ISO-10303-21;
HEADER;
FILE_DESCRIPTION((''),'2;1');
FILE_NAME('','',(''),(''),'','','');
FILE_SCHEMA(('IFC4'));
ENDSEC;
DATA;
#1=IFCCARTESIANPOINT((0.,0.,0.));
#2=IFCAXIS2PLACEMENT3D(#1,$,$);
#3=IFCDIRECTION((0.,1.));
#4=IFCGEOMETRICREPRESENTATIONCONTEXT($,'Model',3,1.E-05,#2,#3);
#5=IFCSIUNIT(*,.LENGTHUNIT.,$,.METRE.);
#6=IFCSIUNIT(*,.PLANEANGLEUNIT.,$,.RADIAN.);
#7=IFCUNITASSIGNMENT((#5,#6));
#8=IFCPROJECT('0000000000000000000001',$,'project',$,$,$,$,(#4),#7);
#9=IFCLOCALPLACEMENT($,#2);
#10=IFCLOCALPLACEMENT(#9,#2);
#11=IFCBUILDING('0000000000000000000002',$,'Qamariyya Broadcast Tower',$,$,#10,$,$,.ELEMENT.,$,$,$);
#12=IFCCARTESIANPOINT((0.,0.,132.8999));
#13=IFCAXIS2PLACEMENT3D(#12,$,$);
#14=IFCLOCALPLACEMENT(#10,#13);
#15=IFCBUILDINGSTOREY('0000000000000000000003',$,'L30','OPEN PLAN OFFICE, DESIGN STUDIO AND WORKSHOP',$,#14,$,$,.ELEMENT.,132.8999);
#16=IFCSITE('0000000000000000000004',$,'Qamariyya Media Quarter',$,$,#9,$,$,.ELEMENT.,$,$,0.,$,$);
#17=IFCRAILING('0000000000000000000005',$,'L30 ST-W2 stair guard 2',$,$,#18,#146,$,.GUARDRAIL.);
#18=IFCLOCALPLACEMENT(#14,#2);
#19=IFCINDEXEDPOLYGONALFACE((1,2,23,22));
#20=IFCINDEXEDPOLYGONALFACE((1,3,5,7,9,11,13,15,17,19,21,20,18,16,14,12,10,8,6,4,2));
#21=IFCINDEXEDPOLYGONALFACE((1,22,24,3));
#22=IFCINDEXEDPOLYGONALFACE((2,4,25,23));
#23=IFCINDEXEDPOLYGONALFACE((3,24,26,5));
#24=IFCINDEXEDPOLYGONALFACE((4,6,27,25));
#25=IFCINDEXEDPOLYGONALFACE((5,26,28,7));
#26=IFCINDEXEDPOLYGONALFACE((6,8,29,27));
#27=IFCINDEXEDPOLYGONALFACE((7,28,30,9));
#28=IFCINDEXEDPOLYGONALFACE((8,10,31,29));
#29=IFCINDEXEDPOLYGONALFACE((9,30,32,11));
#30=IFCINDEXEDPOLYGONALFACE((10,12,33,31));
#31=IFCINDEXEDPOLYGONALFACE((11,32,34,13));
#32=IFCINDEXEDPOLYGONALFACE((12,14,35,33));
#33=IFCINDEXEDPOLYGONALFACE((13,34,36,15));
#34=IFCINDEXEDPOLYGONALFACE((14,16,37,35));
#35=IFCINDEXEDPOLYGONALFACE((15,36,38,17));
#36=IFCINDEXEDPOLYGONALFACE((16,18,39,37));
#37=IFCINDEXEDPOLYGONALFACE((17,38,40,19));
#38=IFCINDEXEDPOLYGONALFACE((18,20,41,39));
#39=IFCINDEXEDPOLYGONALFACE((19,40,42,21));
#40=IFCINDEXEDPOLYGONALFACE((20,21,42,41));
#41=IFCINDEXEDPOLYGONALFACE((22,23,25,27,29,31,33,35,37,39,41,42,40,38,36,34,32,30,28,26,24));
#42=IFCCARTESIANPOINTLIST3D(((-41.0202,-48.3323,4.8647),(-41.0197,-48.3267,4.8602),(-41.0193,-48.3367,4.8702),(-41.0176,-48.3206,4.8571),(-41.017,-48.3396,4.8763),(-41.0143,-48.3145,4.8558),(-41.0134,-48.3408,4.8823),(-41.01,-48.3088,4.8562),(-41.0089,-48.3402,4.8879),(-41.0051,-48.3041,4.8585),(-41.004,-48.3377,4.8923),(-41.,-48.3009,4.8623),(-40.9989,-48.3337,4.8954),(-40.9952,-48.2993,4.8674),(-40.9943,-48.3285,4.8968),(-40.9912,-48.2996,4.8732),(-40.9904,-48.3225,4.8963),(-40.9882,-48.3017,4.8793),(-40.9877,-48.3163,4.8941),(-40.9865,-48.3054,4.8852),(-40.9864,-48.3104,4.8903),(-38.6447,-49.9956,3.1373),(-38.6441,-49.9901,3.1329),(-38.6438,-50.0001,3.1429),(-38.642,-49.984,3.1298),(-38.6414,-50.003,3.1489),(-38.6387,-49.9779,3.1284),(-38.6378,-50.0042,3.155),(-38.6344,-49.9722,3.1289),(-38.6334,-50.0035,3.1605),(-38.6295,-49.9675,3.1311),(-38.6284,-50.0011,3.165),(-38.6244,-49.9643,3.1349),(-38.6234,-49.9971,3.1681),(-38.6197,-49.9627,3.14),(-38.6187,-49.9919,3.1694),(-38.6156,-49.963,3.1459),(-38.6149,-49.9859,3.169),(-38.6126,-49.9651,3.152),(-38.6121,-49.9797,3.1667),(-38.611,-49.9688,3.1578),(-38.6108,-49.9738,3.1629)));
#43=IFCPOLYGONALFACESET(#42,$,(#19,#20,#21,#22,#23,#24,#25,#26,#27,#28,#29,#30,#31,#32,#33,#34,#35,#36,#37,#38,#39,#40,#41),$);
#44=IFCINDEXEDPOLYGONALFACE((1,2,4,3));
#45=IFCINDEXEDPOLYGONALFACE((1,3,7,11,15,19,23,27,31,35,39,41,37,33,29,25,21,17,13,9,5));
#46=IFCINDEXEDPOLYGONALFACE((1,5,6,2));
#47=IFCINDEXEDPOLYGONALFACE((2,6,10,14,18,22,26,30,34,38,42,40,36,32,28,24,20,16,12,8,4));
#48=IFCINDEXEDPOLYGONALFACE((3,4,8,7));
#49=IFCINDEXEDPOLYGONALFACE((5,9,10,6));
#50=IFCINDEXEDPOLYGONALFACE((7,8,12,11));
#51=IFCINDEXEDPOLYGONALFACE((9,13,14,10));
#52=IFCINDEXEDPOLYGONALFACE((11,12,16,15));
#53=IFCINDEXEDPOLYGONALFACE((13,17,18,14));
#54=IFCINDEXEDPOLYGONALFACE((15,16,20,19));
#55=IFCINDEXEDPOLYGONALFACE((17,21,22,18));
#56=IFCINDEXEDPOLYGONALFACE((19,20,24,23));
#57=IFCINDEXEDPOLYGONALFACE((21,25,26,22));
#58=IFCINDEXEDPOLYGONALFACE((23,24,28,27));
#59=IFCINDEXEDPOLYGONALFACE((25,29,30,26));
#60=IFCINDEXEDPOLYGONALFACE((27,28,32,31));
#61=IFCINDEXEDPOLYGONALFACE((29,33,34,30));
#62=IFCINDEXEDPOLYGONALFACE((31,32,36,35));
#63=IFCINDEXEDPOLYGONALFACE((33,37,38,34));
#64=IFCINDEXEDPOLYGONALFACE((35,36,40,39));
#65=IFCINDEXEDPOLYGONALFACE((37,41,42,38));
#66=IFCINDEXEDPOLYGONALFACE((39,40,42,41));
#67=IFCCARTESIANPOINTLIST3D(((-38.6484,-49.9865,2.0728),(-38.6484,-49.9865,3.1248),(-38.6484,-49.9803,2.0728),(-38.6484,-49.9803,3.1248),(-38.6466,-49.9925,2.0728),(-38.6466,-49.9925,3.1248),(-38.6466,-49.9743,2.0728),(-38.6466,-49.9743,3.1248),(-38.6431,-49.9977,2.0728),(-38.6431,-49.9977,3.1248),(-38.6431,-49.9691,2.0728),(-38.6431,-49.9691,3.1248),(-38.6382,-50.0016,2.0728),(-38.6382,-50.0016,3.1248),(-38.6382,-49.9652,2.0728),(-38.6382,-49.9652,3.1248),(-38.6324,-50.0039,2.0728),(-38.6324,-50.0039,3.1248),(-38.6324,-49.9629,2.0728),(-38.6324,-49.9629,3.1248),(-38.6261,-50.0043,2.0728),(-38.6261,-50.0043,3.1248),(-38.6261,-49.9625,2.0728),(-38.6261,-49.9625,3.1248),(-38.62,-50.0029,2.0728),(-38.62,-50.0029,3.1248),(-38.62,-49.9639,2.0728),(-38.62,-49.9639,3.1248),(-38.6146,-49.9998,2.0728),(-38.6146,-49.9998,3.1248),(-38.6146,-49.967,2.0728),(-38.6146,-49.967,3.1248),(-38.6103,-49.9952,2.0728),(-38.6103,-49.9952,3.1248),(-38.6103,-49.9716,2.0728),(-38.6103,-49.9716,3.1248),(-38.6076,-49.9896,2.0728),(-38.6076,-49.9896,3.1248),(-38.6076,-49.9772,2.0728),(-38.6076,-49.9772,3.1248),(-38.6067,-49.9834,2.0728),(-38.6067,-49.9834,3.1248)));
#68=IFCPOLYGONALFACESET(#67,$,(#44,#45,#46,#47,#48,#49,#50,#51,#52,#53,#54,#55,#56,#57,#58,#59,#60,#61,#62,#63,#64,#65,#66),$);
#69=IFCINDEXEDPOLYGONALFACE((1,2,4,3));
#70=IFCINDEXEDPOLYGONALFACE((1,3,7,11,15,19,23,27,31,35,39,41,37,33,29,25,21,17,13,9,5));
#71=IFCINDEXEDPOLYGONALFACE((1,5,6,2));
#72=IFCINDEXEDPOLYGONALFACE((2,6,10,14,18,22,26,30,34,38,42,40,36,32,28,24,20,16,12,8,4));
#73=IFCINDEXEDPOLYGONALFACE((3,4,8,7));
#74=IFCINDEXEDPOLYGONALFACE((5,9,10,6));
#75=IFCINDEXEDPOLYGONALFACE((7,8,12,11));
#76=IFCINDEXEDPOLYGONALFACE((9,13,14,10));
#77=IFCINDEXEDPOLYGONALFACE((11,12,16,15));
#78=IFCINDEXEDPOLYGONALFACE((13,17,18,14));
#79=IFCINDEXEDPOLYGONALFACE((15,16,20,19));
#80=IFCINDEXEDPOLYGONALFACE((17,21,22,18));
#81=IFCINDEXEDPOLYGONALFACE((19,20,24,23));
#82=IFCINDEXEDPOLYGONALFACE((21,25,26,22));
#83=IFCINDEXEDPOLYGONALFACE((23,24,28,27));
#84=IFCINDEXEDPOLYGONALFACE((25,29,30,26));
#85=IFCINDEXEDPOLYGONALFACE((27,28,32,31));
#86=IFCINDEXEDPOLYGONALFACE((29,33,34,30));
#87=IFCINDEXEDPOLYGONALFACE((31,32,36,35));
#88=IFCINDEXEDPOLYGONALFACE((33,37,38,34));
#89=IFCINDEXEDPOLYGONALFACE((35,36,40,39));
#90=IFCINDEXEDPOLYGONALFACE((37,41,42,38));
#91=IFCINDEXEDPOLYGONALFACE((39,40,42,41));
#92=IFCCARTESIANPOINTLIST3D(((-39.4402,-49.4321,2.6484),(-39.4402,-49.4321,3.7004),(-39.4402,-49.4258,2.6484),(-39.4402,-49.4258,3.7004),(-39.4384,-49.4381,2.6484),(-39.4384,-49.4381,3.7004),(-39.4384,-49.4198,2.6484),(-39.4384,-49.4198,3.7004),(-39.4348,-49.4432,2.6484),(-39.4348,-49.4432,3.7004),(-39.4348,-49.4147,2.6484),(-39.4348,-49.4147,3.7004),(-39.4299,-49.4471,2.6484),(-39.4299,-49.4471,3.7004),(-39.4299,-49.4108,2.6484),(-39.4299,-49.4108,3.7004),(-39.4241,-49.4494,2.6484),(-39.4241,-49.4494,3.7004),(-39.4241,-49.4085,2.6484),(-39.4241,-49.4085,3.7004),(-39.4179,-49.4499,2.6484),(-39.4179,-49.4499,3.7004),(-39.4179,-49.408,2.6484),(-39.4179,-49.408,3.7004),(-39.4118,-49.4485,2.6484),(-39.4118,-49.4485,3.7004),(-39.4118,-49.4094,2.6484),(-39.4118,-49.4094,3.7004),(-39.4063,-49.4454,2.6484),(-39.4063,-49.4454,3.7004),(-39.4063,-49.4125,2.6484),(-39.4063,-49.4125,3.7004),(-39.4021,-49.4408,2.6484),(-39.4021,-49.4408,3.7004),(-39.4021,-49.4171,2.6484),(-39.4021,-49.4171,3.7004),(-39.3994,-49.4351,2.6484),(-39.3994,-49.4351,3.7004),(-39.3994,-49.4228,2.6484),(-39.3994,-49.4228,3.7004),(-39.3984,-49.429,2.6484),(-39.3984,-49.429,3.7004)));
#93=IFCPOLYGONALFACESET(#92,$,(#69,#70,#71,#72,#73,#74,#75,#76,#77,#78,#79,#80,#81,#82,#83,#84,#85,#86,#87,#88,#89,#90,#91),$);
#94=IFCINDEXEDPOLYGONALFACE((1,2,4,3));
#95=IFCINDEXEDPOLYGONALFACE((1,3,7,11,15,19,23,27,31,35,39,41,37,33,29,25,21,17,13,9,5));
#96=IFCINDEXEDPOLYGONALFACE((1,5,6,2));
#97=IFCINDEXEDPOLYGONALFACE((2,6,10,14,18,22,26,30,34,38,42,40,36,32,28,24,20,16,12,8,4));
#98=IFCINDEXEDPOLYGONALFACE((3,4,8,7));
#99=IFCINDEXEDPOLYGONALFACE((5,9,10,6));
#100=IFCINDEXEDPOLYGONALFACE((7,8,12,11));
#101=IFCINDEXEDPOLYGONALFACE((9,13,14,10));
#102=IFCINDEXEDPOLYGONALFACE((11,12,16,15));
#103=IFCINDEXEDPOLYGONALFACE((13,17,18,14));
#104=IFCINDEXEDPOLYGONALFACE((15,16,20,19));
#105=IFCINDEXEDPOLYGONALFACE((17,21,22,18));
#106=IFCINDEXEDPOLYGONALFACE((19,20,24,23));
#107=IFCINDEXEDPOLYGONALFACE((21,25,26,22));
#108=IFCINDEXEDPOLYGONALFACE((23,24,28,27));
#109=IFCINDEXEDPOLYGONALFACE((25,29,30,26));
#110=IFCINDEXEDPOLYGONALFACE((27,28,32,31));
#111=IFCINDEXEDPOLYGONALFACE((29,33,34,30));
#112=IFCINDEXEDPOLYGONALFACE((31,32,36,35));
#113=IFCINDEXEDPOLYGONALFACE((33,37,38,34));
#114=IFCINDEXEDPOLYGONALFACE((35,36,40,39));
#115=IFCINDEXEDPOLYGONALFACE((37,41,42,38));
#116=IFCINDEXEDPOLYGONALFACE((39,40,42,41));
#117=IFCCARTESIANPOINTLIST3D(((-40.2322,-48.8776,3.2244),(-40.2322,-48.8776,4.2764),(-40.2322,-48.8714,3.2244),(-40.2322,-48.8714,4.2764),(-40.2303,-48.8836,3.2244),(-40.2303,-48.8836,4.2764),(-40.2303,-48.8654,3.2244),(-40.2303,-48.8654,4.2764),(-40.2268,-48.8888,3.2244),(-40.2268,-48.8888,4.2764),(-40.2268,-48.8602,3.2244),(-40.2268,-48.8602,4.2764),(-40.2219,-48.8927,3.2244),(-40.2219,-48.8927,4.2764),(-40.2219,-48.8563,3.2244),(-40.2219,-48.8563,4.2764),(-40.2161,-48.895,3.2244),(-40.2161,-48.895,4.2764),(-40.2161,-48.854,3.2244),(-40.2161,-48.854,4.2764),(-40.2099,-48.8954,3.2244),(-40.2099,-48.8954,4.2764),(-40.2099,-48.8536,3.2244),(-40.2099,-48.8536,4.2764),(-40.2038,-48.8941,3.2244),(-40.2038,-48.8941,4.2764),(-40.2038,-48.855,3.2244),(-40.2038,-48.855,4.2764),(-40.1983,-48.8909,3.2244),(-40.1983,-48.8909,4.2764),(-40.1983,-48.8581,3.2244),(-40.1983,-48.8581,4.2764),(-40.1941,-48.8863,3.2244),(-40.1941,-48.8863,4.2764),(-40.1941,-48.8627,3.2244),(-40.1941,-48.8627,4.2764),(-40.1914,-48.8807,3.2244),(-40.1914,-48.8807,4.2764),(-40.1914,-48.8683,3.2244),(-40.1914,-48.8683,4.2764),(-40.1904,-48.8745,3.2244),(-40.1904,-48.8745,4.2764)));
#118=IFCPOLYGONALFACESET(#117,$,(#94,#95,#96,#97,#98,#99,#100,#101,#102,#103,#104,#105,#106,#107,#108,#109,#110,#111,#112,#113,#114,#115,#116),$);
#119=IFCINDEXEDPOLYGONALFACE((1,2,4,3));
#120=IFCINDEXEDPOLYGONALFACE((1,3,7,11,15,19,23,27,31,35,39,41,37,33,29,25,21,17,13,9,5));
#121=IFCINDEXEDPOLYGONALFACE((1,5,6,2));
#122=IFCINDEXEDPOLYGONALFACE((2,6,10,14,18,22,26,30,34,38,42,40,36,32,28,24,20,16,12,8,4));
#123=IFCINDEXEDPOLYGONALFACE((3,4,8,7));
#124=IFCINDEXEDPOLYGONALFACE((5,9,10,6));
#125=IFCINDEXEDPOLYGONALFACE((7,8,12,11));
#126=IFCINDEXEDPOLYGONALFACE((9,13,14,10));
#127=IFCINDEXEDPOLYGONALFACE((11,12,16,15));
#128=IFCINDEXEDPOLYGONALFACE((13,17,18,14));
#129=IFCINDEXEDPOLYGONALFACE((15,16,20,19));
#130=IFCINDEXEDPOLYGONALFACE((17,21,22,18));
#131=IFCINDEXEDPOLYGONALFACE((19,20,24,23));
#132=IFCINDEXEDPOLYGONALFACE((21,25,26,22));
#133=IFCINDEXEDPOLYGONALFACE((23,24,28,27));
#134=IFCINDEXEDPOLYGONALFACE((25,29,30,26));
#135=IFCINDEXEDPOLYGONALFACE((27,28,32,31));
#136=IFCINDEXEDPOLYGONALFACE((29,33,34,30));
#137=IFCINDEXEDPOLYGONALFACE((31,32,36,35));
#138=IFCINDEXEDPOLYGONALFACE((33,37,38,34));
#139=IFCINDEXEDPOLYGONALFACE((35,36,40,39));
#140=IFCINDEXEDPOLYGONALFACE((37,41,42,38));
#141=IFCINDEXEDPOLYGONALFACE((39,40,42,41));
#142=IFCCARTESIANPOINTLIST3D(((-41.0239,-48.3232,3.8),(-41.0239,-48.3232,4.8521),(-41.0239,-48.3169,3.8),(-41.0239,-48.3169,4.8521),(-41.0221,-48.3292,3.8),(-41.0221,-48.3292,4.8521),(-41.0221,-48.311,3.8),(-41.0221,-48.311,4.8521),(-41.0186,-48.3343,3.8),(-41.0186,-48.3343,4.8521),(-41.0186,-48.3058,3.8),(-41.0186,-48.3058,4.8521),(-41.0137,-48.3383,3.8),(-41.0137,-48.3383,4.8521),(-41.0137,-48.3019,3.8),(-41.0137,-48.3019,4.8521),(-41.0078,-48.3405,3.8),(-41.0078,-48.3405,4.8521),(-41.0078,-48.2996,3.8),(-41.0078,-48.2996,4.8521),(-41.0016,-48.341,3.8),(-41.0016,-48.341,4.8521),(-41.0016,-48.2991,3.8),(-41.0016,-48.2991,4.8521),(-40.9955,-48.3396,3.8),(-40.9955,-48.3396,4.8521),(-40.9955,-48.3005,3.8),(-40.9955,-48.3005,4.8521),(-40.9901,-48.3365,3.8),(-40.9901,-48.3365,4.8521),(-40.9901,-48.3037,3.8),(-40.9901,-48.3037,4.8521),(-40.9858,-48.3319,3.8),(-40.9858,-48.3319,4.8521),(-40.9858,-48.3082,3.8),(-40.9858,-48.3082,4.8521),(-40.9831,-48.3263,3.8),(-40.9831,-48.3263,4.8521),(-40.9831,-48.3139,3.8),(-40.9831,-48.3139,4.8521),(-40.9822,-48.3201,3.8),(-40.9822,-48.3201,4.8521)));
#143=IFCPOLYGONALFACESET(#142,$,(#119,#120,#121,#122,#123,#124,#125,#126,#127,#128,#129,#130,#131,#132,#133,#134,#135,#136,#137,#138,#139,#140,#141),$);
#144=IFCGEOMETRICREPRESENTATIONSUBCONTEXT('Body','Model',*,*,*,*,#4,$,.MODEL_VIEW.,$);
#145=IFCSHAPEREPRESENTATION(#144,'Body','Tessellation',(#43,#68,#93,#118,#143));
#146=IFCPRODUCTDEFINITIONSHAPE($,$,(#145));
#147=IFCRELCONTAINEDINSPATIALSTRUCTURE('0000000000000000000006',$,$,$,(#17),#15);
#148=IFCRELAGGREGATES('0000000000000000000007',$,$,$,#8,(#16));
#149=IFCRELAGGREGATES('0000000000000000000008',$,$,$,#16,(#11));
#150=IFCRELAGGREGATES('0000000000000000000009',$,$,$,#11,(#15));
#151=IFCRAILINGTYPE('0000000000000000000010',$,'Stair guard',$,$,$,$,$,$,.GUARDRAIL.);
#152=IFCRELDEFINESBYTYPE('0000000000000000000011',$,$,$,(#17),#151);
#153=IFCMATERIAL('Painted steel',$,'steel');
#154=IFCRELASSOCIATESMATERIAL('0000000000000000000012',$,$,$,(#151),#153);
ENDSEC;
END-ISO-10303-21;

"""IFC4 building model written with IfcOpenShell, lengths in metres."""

from ifc_helpers import new_model, si_unit, direction, frame, origin, origin_2d, place, context, subcontext, project, spatial, circle, extrude, material, type_object, element, save


model = new_model("IFC4")

# Units and contexts
model_context = context("Model", 3, precision=1e-05, world=origin(), true_north=direction((0.0, 1.0)))
body_context = subcontext(model_context, "Body", "Model", "MODEL_VIEW")
ifc_project = project(units=[si_unit("LENGTHUNIT", "METRE"), si_unit("PLANEANGLEUNIT", "RADIAN")], contexts=[model_context])

# Site, building, storey
site_placement = place(None, origin())
site = spatial("IfcSite", under=ifc_project, at=site_placement, Name="Qamariyya Media Quarter", CompositionType="ELEMENT", RefElevation=0.0)
building_placement = place(site_placement, origin())
building = spatial("IfcBuilding", under=site, at=building_placement, Name="Qamariyya Broadcast Tower", CompositionType="ELEMENT")
storey_placement = place(building_placement, frame((0.0, 0.0, 132.8999)))
storey = spatial("IfcBuildingStorey", under=building, at=storey_placement, Name="L30", Description="OPEN PLAN OFFICE, DESIGN STUDIO AND WORKSHOP", CompositionType="ELEMENT", Elevation=132.8999)

# Railing
ifc_material_1 = material(Name="Painted steel", Category="steel")
railing_type = type_object("IfcRailingType", Name="Stair guard", PredefinedType="GUARDRAIL", material=ifc_material_1)
railing_placement = place(storey_placement, frame((-38.6277, -49.9834, 2.0728)))
element("IfcRailing", 1, at=railing_placement, inside=storey, type_object=railing_type, Name="L30 ST-W2 stair guard 2", PredefinedType="GUARDRAIL", context=body_context, shape_type="SweptSolid", body=[
    extrude(circle(Radius=0.0239, at=origin_2d()), frame((0.0, 0.0, 1.0762), z_axis=(-0.70377, 0.492784, 0.511734), x_axis=(-0.573575, -0.819153, 0.0)), (0.0, 0.0, 1.0), 3.3755),
    extrude(circle(Radius=0.021, at=origin_2d()), origin(), (0.0, 0.0, 1.0), 1.052),
    extrude(circle(Radius=0.021, at=origin_2d()), frame((-0.7917, 0.5544, 0.5757)), (0.0, 0.0, 1.0), 1.052),
    extrude(circle(Radius=0.021, at=origin_2d()), frame((-1.5837, 1.1089, 1.1516)), (0.0, 0.0, 1.0), 1.052),
    extrude(circle(Radius=0.021, at=origin_2d()), frame((-2.3755, 1.6633, 1.7273)), (0.0, 0.0, 1.0), 1.052),
])

save(model, "model.ifc")
